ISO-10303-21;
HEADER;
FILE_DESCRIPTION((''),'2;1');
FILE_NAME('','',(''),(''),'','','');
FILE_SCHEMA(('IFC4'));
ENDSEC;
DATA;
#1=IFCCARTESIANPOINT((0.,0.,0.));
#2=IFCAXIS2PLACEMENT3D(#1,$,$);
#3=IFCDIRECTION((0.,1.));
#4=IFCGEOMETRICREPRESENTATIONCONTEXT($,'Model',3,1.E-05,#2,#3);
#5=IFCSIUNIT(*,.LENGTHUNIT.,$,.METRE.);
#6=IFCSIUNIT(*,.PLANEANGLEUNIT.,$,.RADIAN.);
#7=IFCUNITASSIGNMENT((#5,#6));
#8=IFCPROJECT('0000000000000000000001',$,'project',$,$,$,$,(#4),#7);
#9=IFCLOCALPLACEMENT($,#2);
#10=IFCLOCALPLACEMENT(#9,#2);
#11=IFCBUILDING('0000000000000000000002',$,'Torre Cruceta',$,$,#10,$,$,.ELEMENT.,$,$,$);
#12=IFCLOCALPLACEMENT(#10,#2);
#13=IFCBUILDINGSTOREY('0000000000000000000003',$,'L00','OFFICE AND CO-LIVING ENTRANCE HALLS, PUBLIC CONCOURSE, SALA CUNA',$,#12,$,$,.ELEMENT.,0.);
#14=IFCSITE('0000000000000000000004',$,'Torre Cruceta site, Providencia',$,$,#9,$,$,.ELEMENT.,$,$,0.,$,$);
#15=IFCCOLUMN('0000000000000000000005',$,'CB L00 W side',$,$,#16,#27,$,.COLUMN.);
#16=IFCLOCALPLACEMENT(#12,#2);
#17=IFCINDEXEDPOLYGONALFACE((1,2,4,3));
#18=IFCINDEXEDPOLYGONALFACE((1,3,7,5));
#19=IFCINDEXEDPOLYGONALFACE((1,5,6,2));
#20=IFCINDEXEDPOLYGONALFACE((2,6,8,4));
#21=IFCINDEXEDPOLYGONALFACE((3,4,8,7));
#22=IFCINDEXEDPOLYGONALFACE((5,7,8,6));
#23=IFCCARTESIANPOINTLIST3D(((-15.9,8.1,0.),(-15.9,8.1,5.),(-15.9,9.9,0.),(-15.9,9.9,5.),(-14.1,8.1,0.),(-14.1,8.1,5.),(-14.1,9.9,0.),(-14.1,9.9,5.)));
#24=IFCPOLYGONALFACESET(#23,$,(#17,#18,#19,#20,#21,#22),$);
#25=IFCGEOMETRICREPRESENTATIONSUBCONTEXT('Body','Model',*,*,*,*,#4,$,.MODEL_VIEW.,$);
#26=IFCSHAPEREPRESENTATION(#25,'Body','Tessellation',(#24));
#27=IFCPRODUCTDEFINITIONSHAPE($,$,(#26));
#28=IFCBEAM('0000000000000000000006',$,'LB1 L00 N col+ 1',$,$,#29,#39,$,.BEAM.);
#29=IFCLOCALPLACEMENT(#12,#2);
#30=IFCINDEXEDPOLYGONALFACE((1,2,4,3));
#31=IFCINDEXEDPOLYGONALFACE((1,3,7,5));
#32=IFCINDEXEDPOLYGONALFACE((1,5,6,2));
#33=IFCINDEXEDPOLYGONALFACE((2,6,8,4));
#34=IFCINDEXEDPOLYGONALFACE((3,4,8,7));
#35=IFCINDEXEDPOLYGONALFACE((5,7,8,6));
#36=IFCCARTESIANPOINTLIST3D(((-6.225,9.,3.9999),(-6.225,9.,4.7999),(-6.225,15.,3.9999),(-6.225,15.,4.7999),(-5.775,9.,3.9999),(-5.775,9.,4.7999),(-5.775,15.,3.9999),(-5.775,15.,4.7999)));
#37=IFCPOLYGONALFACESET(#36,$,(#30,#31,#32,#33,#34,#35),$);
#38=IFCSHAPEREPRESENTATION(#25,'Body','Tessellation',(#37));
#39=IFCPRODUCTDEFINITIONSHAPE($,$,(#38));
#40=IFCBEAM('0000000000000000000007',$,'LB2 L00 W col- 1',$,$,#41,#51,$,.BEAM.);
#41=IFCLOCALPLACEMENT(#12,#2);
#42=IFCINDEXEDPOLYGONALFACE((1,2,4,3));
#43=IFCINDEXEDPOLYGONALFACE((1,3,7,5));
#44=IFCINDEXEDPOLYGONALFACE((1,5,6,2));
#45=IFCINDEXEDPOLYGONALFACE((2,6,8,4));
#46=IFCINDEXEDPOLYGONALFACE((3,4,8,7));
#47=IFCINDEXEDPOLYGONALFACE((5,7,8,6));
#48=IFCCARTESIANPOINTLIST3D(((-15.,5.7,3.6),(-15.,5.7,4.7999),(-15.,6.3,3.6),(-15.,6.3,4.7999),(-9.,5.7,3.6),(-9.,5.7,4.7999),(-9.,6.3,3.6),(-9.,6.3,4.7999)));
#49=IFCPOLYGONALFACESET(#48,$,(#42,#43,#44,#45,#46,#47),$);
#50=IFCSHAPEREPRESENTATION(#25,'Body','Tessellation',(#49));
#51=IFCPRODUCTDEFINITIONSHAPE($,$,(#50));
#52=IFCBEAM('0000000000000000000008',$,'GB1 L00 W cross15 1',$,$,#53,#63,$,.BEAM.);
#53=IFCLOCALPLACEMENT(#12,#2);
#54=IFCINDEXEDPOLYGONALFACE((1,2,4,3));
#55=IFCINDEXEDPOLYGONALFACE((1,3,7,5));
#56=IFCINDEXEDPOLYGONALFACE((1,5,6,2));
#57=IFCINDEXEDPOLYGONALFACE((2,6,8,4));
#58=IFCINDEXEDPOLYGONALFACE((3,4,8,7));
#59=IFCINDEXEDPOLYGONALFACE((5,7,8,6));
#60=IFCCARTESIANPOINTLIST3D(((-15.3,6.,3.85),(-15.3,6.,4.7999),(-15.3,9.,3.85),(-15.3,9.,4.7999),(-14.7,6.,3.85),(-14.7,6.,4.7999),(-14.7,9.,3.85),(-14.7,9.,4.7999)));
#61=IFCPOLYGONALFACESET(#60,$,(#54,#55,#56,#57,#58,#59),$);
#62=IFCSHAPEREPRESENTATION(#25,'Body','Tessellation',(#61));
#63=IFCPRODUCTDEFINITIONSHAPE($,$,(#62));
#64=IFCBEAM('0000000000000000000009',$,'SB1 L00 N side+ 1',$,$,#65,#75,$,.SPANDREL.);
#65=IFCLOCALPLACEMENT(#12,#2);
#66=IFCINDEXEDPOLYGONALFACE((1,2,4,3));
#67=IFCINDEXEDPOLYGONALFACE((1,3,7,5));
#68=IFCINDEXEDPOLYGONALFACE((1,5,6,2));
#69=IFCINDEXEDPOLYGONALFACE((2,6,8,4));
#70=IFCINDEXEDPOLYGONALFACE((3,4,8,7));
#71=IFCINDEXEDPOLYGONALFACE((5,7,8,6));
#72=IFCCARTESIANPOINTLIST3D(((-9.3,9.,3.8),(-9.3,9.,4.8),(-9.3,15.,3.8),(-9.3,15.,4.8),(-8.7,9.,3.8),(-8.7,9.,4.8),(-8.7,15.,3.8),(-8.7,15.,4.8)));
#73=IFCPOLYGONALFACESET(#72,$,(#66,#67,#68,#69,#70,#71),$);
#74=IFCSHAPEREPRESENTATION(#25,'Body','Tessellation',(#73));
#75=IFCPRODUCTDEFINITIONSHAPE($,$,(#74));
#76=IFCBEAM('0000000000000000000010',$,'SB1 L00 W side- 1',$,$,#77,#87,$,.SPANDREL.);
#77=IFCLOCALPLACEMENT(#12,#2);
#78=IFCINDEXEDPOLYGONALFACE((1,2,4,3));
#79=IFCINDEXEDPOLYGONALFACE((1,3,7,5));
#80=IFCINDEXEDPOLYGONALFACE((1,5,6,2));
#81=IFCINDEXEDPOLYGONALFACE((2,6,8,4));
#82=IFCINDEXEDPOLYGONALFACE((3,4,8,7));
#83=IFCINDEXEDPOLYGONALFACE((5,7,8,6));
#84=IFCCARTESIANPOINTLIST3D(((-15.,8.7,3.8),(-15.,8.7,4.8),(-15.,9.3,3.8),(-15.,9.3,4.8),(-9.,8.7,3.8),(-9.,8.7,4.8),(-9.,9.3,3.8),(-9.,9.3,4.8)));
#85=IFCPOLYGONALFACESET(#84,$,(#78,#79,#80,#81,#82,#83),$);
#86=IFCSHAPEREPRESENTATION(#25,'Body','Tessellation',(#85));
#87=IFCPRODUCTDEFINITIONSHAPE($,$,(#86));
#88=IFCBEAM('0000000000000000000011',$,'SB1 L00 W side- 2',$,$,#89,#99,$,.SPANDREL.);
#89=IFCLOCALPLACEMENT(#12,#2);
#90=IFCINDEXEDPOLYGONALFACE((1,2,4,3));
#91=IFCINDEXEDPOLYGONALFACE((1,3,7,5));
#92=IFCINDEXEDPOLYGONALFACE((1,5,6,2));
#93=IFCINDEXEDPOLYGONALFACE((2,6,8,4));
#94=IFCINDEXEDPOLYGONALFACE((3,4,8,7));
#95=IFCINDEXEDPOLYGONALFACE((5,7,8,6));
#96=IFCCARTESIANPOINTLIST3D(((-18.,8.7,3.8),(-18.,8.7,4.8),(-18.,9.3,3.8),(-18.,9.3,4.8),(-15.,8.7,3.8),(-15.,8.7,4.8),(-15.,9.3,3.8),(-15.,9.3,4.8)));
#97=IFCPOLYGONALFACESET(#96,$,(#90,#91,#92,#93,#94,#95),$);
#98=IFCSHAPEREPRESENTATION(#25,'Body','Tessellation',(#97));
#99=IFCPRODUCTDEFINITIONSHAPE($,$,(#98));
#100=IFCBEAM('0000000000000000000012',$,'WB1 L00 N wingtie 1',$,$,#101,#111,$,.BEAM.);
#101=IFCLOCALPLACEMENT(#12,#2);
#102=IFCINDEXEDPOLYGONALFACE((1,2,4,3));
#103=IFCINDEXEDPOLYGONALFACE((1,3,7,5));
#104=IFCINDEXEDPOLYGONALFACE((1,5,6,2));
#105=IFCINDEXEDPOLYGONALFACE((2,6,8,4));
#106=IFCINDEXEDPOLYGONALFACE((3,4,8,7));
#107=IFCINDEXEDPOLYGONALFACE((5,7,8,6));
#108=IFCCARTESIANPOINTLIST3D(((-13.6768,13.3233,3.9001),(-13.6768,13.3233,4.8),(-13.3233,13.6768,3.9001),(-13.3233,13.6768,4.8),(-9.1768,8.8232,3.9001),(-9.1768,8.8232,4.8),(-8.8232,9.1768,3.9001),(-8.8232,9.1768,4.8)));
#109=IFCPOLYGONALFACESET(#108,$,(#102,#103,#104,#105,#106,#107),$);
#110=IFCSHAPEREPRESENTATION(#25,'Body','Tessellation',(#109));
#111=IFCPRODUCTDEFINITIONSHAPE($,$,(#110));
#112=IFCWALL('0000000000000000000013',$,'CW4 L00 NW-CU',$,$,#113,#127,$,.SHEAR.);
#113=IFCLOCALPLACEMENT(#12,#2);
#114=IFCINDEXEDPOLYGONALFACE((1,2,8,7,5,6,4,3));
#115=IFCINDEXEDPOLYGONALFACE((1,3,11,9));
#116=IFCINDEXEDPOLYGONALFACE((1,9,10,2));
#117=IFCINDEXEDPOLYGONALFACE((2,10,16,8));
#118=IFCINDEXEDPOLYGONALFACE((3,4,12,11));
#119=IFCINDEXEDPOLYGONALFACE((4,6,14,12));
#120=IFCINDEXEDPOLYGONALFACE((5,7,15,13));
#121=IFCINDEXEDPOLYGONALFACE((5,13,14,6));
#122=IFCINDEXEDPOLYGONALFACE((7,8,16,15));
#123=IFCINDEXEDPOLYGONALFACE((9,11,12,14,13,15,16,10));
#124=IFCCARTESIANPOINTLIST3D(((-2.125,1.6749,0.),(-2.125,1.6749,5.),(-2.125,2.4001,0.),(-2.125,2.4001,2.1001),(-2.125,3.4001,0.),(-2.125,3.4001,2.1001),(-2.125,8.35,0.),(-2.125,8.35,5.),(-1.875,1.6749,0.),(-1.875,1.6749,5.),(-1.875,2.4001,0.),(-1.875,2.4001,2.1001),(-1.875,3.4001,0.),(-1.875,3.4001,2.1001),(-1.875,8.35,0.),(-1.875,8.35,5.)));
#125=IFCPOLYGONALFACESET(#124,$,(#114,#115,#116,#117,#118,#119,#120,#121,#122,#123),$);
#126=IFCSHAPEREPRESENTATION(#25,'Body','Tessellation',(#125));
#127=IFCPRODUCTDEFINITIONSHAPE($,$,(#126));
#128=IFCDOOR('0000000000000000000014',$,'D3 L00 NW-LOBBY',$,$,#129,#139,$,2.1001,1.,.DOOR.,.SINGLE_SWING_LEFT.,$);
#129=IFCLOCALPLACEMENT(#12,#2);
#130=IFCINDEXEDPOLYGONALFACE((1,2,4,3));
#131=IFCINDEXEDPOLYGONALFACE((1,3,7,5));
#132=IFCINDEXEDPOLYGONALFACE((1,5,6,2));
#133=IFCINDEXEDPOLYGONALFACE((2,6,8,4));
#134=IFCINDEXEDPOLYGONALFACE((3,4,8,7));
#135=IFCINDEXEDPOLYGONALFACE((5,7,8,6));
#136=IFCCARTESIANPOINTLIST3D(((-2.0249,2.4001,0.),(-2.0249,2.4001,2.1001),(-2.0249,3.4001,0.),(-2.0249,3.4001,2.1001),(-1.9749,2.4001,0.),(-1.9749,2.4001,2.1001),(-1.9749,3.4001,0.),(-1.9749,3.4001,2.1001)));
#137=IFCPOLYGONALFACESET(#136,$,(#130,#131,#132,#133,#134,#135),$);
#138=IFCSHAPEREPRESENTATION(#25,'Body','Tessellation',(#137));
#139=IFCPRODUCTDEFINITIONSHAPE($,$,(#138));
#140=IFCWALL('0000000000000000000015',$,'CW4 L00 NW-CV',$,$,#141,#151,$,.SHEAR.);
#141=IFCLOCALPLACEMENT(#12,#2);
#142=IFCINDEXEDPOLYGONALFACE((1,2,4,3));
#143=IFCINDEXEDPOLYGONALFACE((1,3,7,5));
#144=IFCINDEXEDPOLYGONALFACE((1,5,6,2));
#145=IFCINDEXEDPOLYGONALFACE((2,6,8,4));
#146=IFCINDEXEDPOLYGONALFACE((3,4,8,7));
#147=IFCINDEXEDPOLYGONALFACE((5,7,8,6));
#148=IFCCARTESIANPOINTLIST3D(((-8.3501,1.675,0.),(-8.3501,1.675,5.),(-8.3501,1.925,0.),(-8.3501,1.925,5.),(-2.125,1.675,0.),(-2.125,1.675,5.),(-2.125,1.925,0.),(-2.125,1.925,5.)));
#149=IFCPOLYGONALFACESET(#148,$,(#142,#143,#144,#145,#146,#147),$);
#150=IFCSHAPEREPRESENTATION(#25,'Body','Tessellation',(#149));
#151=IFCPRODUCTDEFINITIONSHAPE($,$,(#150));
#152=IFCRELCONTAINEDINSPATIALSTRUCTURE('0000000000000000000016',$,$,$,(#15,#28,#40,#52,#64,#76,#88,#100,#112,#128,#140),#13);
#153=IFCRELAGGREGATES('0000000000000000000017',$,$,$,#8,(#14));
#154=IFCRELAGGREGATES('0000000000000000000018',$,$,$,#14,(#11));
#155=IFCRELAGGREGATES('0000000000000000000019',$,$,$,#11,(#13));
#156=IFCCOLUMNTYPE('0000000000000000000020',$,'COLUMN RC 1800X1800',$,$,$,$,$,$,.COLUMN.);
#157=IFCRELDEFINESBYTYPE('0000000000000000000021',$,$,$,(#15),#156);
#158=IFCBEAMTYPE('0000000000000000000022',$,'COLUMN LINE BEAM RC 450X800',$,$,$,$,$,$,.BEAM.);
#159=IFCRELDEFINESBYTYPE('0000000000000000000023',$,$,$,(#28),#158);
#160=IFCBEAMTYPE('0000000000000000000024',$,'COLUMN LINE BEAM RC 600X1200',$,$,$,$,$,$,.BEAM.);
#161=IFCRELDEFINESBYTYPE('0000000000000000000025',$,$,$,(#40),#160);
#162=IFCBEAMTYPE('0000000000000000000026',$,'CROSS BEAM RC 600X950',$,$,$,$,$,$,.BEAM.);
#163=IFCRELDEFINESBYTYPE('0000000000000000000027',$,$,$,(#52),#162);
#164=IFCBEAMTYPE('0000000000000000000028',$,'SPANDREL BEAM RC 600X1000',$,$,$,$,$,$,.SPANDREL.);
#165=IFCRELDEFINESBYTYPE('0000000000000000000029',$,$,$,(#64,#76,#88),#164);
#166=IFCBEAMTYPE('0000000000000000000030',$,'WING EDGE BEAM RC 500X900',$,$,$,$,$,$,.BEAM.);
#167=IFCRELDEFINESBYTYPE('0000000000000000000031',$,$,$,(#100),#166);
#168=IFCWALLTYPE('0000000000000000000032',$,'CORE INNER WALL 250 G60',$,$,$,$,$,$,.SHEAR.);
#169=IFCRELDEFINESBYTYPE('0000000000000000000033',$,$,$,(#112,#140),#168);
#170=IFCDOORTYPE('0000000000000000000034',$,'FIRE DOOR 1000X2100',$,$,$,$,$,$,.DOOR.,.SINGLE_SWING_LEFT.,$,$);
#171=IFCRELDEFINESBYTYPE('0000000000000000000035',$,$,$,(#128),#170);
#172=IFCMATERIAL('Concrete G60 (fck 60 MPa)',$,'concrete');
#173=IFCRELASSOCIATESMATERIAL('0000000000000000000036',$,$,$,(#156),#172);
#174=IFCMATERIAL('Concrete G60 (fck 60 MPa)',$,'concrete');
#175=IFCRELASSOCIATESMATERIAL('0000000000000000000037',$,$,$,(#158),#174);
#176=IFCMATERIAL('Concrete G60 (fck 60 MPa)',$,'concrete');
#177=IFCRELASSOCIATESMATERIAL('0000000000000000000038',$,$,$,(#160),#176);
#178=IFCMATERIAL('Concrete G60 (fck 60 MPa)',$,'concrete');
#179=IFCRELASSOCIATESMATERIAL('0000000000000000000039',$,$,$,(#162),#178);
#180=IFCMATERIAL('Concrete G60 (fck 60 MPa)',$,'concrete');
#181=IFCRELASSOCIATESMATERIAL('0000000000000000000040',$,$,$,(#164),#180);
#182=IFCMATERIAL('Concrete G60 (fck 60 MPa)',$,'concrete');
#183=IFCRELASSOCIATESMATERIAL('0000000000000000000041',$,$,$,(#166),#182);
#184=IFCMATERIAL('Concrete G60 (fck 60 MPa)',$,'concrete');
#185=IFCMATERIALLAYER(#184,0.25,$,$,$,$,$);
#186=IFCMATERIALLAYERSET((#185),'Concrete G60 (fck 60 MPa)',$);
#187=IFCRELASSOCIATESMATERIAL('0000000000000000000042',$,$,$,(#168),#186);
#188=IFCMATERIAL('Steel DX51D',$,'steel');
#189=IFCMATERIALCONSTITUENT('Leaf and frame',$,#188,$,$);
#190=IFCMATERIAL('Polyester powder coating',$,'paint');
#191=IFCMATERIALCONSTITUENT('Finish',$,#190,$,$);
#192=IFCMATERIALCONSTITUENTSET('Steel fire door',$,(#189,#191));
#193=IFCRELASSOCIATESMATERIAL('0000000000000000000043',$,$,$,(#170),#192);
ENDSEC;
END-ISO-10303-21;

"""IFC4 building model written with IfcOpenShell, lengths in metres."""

from ifc_helpers import new_model, si_unit, direction, frame, frame_2d, origin, origin_2d, place, context, subcontext, project, spatial, rectangle, extrude, material, layer, layer_set, constituent, constituent_set, material_profile, profile_set, type_object, element, fill, save


model = new_model("IFC4")

# Units and contexts
model_context = context("Model", 3, precision=1e-05, world=origin(), true_north=direction((0.0, 1.0)))
body_context = subcontext(model_context, "Body", "Model", "MODEL_VIEW")
ifc_project = project(units=[si_unit("LENGTHUNIT", "METRE"), si_unit("PLANEANGLEUNIT", "RADIAN")], contexts=[model_context])

# Site, building, storey
site_placement = place(None, origin())
site = spatial("IfcSite", under=ifc_project, at=site_placement, Name="Torre Cruceta site, Providencia", CompositionType="ELEMENT", RefElevation=0.0)
building_placement = place(site_placement, origin())
building = spatial("IfcBuilding", under=site, at=building_placement, Name="Torre Cruceta", CompositionType="ELEMENT")
storey_placement = place(building_placement, origin())
storey = spatial("IfcBuildingStorey", under=building, at=storey_placement, Name="L00", Description="OFFICE AND CO-LIVING ENTRANCE HALLS, PUBLIC CONCOURSE, SALA CUNA", CompositionType="ELEMENT", Elevation=0.0)

# Column
ifc_material_1 = material(Name="Concrete G60 (fck 60 MPa)", Category="concrete")
ifc_material_profile_1 = material_profile(ifc_material_1, rectangle(XDim=1.8, YDim=1.8, at=origin_2d()), Name="RC 1800X1800")
ifc_profile_set_1 = profile_set([ifc_material_profile_1], Name="Concrete G60 (fck 60 MPa)")
column_type = type_object("IfcColumnType", Name="COLUMN RC 1800X1800", PredefinedType="COLUMN", material=ifc_profile_set_1)
column_placement = place(storey_placement, frame((-15.0, 9.0, 0.0), z_axis=(0.0, 0.0, 1.0), x_axis=(1.0, 0.0, 0.0)))
element("IfcColumn", 1, at=column_placement, inside=storey, type_object=column_type, Name="CB L00 W side", PredefinedType="COLUMN", context=body_context, shape_type="SweptSolid", body=[
    extrude(rectangle(XDim=1.8, YDim=1.8, at=origin_2d()), origin(), (0.0, 0.0, 1.0), 5.0),
])

# Beams
ifc_material_2 = material(Name="Concrete G60 (fck 60 MPa)", Category="concrete")
ifc_material_profile_2 = material_profile(ifc_material_2, rectangle(XDim=0.45, YDim=0.8, at=origin_2d()), Name="RC 450X800")
ifc_profile_set_2 = profile_set([ifc_material_profile_2], Name="Concrete G60 (fck 60 MPa)")
beam_type_1 = type_object("IfcBeamType", Name="COLUMN LINE BEAM RC 450X800", PredefinedType="BEAM", material=ifc_profile_set_2)
beam_1_placement = place(storey_placement, frame((-6.0, 9.0, 4.3999), z_axis=(0.0, 1.0, 0.0), x_axis=(-1.0, 0.0, 0.0)))
element("IfcBeam", 2, at=beam_1_placement, inside=storey, type_object=beam_type_1, Name="LB1 L00 N col+ 1", PredefinedType="BEAM", context=body_context, shape_type="SweptSolid", body=[
    extrude(rectangle(XDim=0.45, YDim=0.8, at=origin_2d()), origin(), (0.0, 0.0, 1.0), 6.0),
])
ifc_material_3 = material(Name="Concrete G60 (fck 60 MPa)", Category="concrete")
ifc_material_profile_3 = material_profile(ifc_material_3, rectangle(XDim=0.6001, YDim=1.2, at=origin_2d()), Name="RC 600X1200")
ifc_profile_set_3 = profile_set([ifc_material_profile_3], Name="Concrete G60 (fck 60 MPa)")
beam_type_2 = type_object("IfcBeamType", Name="COLUMN LINE BEAM RC 600X1200", PredefinedType="BEAM", material=ifc_profile_set_3)
beam_2_placement = place(storey_placement, frame((-9.0, 6.0, 4.2), z_axis=(-1.0, 0.0, 0.0), x_axis=(0.0, -1.0, 0.0)))
element("IfcBeam", 3, at=beam_2_placement, inside=storey, type_object=beam_type_2, Name="LB2 L00 W col- 1", PredefinedType="BEAM", context=body_context, shape_type="SweptSolid", body=[
    extrude(rectangle(XDim=0.6001, YDim=1.2, at=origin_2d()), origin(), (0.0, 0.0, 1.0), 6.0),
])
ifc_material_4 = material(Name="Concrete G60 (fck 60 MPa)", Category="concrete")
ifc_material_profile_4 = material_profile(ifc_material_4, rectangle(XDim=0.6001, YDim=0.95, at=origin_2d()), Name="RC 600X950")
ifc_profile_set_4 = profile_set([ifc_material_profile_4], Name="Concrete G60 (fck 60 MPa)")
beam_type_3 = type_object("IfcBeamType", Name="CROSS BEAM RC 600X950", PredefinedType="BEAM", material=ifc_profile_set_4)
beam_3_placement = place(storey_placement, frame((-15.0, 9.0, 4.325), z_axis=(0.0, -1.0, 0.0), x_axis=(1.0, 0.0, 0.0)))
element("IfcBeam", 4, at=beam_3_placement, inside=storey, type_object=beam_type_3, Name="GB1 L00 W cross15 1", PredefinedType="BEAM", context=body_context, shape_type="SweptSolid", body=[
    extrude(rectangle(XDim=0.6001, YDim=0.95, at=origin_2d()), origin(), (0.0, 0.0, 1.0), 3.0),
])
ifc_material_5 = material(Name="Concrete G60 (fck 60 MPa)", Category="concrete")
ifc_material_profile_5 = material_profile(ifc_material_5, rectangle(XDim=0.6001, YDim=1.0, at=origin_2d()), Name="RC 600X1000")
ifc_profile_set_5 = profile_set([ifc_material_profile_5], Name="Concrete G60 (fck 60 MPa)")
beam_type_4 = type_object("IfcBeamType", Name="SPANDREL BEAM RC 600X1000", PredefinedType="SPANDREL", material=ifc_profile_set_5)
for number, where, z_axis, x_axis, name in (
    (5, (-9.0, 9.0, 4.3), (0.0, 1.0, 0.0), (-1.0, 0.0, 0.0), "SB1 L00 N side+ 1"),
    (6, (-9.0, 9.0, 4.3), (-1.0, 0.0, 0.0), (0.0, -1.0, 0.0), "SB1 L00 W side- 1"),
):
    element("IfcBeam", number, at=place(storey_placement, frame(where, z_axis=z_axis, x_axis=x_axis)), inside=storey, type_object=beam_type_4, Name=name, PredefinedType="SPANDREL", context=body_context, shape_type="SweptSolid", body=[
        extrude(rectangle(XDim=0.6001, YDim=1.0, at=origin_2d()), origin(), (0.0, 0.0, 1.0), 6.0),
    ])
beam_4_placement = place(storey_placement, frame((-15.0, 9.0, 4.3), z_axis=(-1.0, 0.0, 0.0), x_axis=(0.0, -1.0, 0.0)))
element("IfcBeam", 7, at=beam_4_placement, inside=storey, type_object=beam_type_4, Name="SB1 L00 W side- 2", PredefinedType="SPANDREL", context=body_context, shape_type="SweptSolid", body=[
    extrude(rectangle(XDim=0.6001, YDim=1.0, at=origin_2d()), origin(), (0.0, 0.0, 1.0), 3.0),
])
ifc_material_6 = material(Name="Concrete G60 (fck 60 MPa)", Category="concrete")
ifc_material_profile_6 = material_profile(ifc_material_6, rectangle(XDim=0.5, YDim=0.8999, at=origin_2d()), Name="RC 500X900")
ifc_profile_set_6 = profile_set([ifc_material_profile_6], Name="Concrete G60 (fck 60 MPa)")
beam_type_5 = type_object("IfcBeamType", Name="WING EDGE BEAM RC 500X900", PredefinedType="BEAM", material=ifc_profile_set_6)
beam_5_placement = place(storey_placement, frame((-9.0, 9.0, 4.3501), z_axis=(-0.707107, 0.707107, 0.0), x_axis=(-0.707107, -0.707107, 0.0)))
element("IfcBeam", 8, at=beam_5_placement, inside=storey, type_object=beam_type_5, Name="WB1 L00 N wingtie 1", PredefinedType="BEAM", context=body_context, shape_type="SweptSolid", body=[
    extrude(rectangle(XDim=0.5, YDim=0.8999, at=origin_2d()), origin(), (0.0, 0.0, 1.0), 6.364),
])

# Wall, opening, door
ifc_material_7 = material(Name="Concrete G60 (fck 60 MPa)", Category="concrete")
ifc_layer_1 = layer(ifc_material_7, 0.25)
ifc_layer_set_1 = layer_set([ifc_layer_1], Name="Concrete G60 (fck 60 MPa)")
wall_type_1 = type_object("IfcWallType", Name="CORE INNER WALL 250 G60", PredefinedType="SHEAR", material=ifc_layer_set_1)
wall_1_placement = place(storey_placement, frame((-2.0, 1.675, 0.0), z_axis=(0.0, 0.0, 1.0), x_axis=(0.0, 1.0, 0.0)))
wall_1 = element("IfcWall", 9, at=wall_1_placement, inside=storey, type_object=wall_type_1, Name="CW4 L00 NW-CU", PredefinedType="SHEAR", context=body_context, shape_type="SweptSolid", body=[
    extrude(rectangle(XDim=6.675, YDim=0.25, at=frame_2d((3.3374, 0.0))), origin(), (0.0, 0.0, 1.0), 5.0),
])
opening_1_placement = place(wall_1_placement, frame((0.7251, 0.0, 0.0)))
opening_1 = element("IfcOpeningElement", 10, at=opening_1_placement, cuts=wall_1, PredefinedType="OPENING", context=body_context, shape_type="SweptSolid", body=[
    extrude(rectangle(XDim=1.0, YDim=2.1001, at=frame_2d((0.5, 1.05))), frame((0.0, 0.135, 0.0), z_axis=(0.0, -1.0, 0.0), x_axis=(1.0, 0.0, 0.0)), (0.0, 0.0, 1.0), 0.27),
])
ifc_material_8 = material(Name="Steel DX51D", Category="steel")
ifc_constituent_1 = constituent(ifc_material_8, Name="Leaf and frame")
ifc_material_9 = material(Name="Polyester powder coating", Category="paint")
ifc_constituent_2 = constituent(ifc_material_9, Name="Finish")
ifc_constituent_set_1 = constituent_set(constituents=[ifc_constituent_1, ifc_constituent_2], Name="Steel fire door")
door_type_1 = type_object("IfcDoorType", Name="FIRE DOOR 1000X2100", OperationType="SINGLE_SWING_LEFT", PredefinedType="DOOR", material=ifc_constituent_set_1)
door_1_placement = place(opening_1_placement, origin())
door_1 = element("IfcDoor", 11, at=door_1_placement, inside=storey, type_object=door_type_1, Name="D3 L00 NW-LOBBY", OperationType="SINGLE_SWING_LEFT", OverallHeight=2.1001, OverallWidth=1.0, PredefinedType="DOOR", context=body_context, shape_type="SweptSolid", body=[
    extrude(rectangle(XDim=1.0, YDim=2.1001, at=frame_2d((0.5, 1.05))), frame((0.0, 0.0249, 0.0), z_axis=(0.0, -1.0, 0.0), x_axis=(1.0, 0.0, 0.0)), (0.0, 0.0, 1.0), 0.05),
])
fill(opening_1, door_1)

# Wall
wall_2_placement = place(storey_placement, frame((-2.125, 1.8, 0.0), z_axis=(0.0, 0.0, 1.0), x_axis=(-1.0, 0.0, 0.0)))
element("IfcWall", 12, at=wall_2_placement, inside=storey, type_object=wall_type_1, Name="CW4 L00 NW-CV", PredefinedType="SHEAR", context=body_context, shape_type="SweptSolid", body=[
    extrude(rectangle(XDim=6.2251, YDim=0.25, at=frame_2d((3.1125, 0.0))), origin(), (0.0, 0.0, 1.0), 5.0),
])

save(model, "model.ifc")
